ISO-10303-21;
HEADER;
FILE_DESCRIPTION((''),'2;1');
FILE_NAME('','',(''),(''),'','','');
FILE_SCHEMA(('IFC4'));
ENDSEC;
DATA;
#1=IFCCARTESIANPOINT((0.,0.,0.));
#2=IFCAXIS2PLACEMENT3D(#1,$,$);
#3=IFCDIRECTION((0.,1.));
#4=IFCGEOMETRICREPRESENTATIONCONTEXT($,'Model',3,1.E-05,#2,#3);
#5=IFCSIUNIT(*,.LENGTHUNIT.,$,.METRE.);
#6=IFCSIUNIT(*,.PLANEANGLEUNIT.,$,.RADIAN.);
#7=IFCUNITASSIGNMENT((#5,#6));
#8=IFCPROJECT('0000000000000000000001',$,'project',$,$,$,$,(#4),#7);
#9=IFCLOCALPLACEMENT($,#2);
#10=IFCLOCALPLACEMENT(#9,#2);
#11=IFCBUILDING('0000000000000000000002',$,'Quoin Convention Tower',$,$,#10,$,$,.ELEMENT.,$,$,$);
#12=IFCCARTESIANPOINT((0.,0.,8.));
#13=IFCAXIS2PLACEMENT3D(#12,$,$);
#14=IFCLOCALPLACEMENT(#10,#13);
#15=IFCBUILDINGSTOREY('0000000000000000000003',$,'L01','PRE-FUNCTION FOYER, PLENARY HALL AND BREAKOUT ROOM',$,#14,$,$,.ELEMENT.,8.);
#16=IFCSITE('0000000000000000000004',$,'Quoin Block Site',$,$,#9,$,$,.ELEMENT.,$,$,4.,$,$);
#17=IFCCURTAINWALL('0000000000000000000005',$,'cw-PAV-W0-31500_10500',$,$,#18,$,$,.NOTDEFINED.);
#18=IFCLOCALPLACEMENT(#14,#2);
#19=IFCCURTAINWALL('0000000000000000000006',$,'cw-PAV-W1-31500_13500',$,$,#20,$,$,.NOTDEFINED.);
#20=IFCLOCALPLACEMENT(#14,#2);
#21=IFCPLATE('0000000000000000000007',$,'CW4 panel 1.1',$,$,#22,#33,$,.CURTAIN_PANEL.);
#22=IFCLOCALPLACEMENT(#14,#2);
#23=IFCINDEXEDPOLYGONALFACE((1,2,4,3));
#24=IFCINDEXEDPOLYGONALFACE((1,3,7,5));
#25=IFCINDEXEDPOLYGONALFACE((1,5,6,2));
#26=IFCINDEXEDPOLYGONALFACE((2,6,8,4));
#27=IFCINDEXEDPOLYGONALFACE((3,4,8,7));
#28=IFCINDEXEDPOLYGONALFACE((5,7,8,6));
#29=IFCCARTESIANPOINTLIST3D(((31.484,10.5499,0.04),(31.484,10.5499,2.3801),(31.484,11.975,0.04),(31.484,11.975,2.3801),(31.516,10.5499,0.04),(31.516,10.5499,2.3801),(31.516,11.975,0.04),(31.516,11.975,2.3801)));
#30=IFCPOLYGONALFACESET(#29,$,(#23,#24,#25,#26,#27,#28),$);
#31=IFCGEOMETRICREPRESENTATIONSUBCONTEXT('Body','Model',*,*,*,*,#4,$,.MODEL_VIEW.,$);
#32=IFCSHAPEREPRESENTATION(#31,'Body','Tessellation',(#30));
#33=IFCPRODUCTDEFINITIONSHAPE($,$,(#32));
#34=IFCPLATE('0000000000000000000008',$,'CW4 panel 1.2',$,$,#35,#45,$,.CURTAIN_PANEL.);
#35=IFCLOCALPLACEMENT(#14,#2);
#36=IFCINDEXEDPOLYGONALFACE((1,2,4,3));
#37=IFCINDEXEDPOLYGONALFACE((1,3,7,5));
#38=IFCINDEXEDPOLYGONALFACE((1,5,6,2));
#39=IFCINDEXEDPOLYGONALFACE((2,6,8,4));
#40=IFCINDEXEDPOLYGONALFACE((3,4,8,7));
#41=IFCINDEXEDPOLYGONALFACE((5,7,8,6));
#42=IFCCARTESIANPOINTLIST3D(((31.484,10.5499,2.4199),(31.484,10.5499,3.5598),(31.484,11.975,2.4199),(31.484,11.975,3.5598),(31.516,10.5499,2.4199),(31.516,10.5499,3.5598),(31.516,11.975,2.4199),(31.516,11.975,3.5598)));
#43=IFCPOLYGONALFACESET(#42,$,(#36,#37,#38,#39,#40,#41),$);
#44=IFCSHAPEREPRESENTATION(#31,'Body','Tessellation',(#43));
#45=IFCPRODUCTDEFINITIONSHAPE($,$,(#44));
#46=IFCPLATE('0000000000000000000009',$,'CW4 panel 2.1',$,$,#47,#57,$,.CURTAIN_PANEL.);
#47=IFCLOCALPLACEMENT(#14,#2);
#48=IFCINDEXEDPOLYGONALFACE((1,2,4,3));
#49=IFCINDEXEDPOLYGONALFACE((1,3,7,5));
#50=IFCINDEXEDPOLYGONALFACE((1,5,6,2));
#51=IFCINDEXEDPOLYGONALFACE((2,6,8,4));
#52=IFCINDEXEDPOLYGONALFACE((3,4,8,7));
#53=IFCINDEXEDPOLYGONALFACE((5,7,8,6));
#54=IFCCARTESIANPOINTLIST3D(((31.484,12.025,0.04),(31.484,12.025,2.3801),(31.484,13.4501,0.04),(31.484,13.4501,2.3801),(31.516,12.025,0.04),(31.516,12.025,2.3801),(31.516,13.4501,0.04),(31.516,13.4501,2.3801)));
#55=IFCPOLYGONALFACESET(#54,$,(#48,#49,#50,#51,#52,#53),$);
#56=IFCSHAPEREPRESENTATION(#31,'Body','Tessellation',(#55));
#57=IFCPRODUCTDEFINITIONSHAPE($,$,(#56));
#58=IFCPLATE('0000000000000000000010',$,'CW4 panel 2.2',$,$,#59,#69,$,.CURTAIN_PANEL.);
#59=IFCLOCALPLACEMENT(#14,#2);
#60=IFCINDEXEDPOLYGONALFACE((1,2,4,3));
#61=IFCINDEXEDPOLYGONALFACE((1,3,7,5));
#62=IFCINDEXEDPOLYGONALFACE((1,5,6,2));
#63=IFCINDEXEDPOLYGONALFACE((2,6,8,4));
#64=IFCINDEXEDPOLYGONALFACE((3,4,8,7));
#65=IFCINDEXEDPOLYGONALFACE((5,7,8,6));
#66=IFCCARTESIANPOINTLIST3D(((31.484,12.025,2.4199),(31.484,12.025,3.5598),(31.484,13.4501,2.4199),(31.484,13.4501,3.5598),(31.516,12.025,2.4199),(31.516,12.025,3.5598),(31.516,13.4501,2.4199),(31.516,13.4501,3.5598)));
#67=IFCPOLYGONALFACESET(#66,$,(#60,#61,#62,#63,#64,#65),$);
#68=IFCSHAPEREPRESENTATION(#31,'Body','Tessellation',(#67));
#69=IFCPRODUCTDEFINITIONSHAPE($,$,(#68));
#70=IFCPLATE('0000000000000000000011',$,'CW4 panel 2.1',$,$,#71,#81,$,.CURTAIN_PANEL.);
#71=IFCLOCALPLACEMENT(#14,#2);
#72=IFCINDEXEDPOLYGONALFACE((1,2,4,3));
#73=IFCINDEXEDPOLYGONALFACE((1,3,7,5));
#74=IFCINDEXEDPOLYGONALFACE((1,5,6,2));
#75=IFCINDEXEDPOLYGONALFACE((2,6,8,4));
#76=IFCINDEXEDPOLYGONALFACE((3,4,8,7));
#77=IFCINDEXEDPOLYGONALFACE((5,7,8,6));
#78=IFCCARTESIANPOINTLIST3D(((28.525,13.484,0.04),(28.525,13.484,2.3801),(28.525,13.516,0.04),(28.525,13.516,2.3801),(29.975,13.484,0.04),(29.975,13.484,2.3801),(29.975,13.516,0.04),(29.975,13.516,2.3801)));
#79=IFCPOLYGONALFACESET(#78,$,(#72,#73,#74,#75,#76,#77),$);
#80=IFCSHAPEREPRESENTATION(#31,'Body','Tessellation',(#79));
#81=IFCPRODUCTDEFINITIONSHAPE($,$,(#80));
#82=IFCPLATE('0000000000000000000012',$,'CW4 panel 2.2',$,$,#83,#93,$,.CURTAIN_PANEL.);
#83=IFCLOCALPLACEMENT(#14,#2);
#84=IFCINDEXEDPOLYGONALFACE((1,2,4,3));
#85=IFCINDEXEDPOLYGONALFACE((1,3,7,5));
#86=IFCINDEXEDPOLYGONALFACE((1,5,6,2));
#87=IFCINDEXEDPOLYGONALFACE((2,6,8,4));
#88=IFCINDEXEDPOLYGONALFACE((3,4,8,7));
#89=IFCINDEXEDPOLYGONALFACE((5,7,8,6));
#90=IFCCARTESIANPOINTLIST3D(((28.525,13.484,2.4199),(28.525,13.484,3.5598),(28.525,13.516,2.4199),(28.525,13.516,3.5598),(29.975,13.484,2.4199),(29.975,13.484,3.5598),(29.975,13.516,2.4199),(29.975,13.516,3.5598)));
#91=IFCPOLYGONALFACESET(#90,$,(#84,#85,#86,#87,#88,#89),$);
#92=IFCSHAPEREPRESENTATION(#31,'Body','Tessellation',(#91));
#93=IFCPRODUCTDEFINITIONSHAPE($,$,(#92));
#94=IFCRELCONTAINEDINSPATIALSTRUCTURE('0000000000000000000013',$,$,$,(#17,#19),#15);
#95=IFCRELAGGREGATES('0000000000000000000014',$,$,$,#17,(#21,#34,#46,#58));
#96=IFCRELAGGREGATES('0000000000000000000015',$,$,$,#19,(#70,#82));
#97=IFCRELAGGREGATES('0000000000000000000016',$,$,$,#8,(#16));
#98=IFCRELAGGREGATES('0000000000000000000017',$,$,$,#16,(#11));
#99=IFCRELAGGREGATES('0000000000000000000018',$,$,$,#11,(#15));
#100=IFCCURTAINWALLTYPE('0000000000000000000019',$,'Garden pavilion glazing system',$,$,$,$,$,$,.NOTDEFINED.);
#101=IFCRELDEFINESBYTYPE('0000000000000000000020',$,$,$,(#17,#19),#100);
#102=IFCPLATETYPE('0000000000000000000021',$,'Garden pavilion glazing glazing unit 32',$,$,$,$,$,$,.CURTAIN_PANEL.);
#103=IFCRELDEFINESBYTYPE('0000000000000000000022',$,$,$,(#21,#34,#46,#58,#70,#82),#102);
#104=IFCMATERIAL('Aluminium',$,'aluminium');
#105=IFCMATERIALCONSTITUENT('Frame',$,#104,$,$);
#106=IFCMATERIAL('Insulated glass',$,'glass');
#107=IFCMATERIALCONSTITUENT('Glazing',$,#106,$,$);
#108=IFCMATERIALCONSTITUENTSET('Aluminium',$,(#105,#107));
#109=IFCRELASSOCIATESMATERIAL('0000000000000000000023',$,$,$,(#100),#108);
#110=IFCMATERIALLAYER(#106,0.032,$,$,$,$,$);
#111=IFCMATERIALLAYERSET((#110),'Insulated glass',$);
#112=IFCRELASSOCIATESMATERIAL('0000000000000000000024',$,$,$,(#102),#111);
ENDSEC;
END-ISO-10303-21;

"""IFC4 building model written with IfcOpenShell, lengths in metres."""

from ifc_helpers import new_model, si_unit, direction, frame, origin, origin_2d, place, context, subcontext, project, spatial, rectangle, extrude, material, layer, layer_set, constituent, constituent_set, type_object, element, aggregate, save


model = new_model("IFC4")

# Units and contexts
model_context = context("Model", 3, precision=1e-05, world=origin(), true_north=direction((0.0, 1.0)))
body_context = subcontext(model_context, "Body", "Model", "MODEL_VIEW")
ifc_project = project(units=[si_unit("LENGTHUNIT", "METRE"), si_unit("PLANEANGLEUNIT", "RADIAN")], contexts=[model_context])

# Site, building, storey
site_placement = place(None, origin())
site = spatial("IfcSite", under=ifc_project, at=site_placement, Name="Quoin Block Site", CompositionType="ELEMENT", RefElevation=4.0)
building_placement = place(site_placement, origin())
building = spatial("IfcBuilding", under=site, at=building_placement, Name="Quoin Convention Tower", CompositionType="ELEMENT")
storey_placement = place(building_placement, frame((0.0, 0.0, 8.0)))
storey = spatial("IfcBuildingStorey", under=building, at=storey_placement, Name="L01", Description="PRE-FUNCTION FOYER, PLENARY HALL AND BREAKOUT ROOM", CompositionType="ELEMENT", Elevation=8.0)

# Curtain wall
ifc_material_1 = material(Name="Aluminium", Category="aluminium")
ifc_constituent_1 = constituent(ifc_material_1, Name="Frame")
ifc_material_2 = material(Name="Insulated glass", Category="glass")
ifc_constituent_2 = constituent(ifc_material_2, Name="Glazing")
ifc_constituent_set = constituent_set(constituents=[ifc_constituent_1, ifc_constituent_2], Name="Aluminium")
curtain_wall_type = type_object("IfcCurtainWallType", Name="Garden pavilion glazing system", PredefinedType="NOTDEFINED", material=ifc_constituent_set)
curtain_wall_1_placement = place(storey_placement, origin())
curtain_wall_1 = element("IfcCurtainWall", 1, at=curtain_wall_1_placement, inside=storey, type_object=curtain_wall_type, Name="cw-PAV-W0-31500_10500", PredefinedType="NOTDEFINED")

# Curtain wall
curtain_wall_2_placement = place(storey_placement, origin())
curtain_wall_2 = element("IfcCurtainWall", 2, at=curtain_wall_2_placement, inside=storey, type_object=curtain_wall_type, Name="cw-PAV-W1-31500_13500", PredefinedType="NOTDEFINED")

# Plates
ifc_layer = layer(ifc_material_2, 0.032)
ifc_layer_set = layer_set([ifc_layer], Name="Insulated glass")
plate_type = type_object("IfcPlateType", Name="Garden pavilion glazing glazing unit 32", PredefinedType="CURTAIN_PANEL", material=ifc_layer_set)
plate_1_placement = place(storey_placement, frame((31.5, 11.2625, 0.04), z_axis=(0.0, 0.0, 1.0), x_axis=(0.0, 1.0, 0.0)))
plate_1 = element("IfcPlate", 3, at=plate_1_placement, type_object=plate_type, Name="CW4 panel 1.1", PredefinedType="CURTAIN_PANEL", context=body_context, shape_type="SweptSolid", body=[
    extrude(rectangle(XDim=1.425, YDim=0.032, at=origin_2d()), origin(), (0.0, 0.0, 1.0), 2.3401),
])
plate_2_placement = place(storey_placement, frame((31.5, 11.2625, 2.4199), z_axis=(0.0, 0.0, 1.0), x_axis=(0.0, 1.0, 0.0)))
plate_2 = element("IfcPlate", 4, at=plate_2_placement, type_object=plate_type, Name="CW4 panel 1.2", PredefinedType="CURTAIN_PANEL", context=body_context, shape_type="SweptSolid", body=[
    extrude(rectangle(XDim=1.425, YDim=0.032, at=origin_2d()), origin(), (0.0, 0.0, 1.0), 1.1399),
])
plate_3_placement = place(storey_placement, frame((31.5, 12.7375, 0.04), z_axis=(0.0, 0.0, 1.0), x_axis=(0.0, 1.0, 0.0)))
plate_3 = element("IfcPlate", 5, at=plate_3_placement, type_object=plate_type, Name="CW4 panel 2.1", PredefinedType="CURTAIN_PANEL", context=body_context, shape_type="SweptSolid", body=[
    extrude(rectangle(XDim=1.425, YDim=0.032, at=origin_2d()), origin(), (0.0, 0.0, 1.0), 2.3401),
])
plate_4_placement = place(storey_placement, frame((31.5, 12.7375, 2.4199), z_axis=(0.0, 0.0, 1.0), x_axis=(0.0, 1.0, 0.0)))
plate_4 = element("IfcPlate", 6, at=plate_4_placement, type_object=plate_type, Name="CW4 panel 2.2", PredefinedType="CURTAIN_PANEL", context=body_context, shape_type="SweptSolid", body=[
    extrude(rectangle(XDim=1.425, YDim=0.032, at=origin_2d()), origin(), (0.0, 0.0, 1.0), 1.1399),
])
aggregate(curtain_wall_1, [plate_1, plate_2, plate_3, plate_4])
plate_5_placement = place(storey_placement, frame((29.25, 13.5, 0.04), z_axis=(0.0, 0.0, 1.0), x_axis=(-1.0, 0.0, 0.0)))
plate_5 = element("IfcPlate", 7, at=plate_5_placement, type_object=plate_type, Name="CW4 panel 2.1", PredefinedType="CURTAIN_PANEL", context=body_context, shape_type="SweptSolid", body=[
    extrude(rectangle(XDim=1.45, YDim=0.032, at=origin_2d()), origin(), (0.0, 0.0, 1.0), 2.3401),
])
plate_6_placement = place(storey_placement, frame((29.25, 13.5, 2.4199), z_axis=(0.0, 0.0, 1.0), x_axis=(-1.0, 0.0, 0.0)))
plate_6 = element("IfcPlate", 8, at=plate_6_placement, type_object=plate_type, Name="CW4 panel 2.2", PredefinedType="CURTAIN_PANEL", context=body_context, shape_type="SweptSolid", body=[
    extrude(rectangle(XDim=1.45, YDim=0.032, at=origin_2d()), origin(), (0.0, 0.0, 1.0), 1.1399),
])
aggregate(curtain_wall_2, [plate_5, plate_6])

save(model, "model.ifc")
